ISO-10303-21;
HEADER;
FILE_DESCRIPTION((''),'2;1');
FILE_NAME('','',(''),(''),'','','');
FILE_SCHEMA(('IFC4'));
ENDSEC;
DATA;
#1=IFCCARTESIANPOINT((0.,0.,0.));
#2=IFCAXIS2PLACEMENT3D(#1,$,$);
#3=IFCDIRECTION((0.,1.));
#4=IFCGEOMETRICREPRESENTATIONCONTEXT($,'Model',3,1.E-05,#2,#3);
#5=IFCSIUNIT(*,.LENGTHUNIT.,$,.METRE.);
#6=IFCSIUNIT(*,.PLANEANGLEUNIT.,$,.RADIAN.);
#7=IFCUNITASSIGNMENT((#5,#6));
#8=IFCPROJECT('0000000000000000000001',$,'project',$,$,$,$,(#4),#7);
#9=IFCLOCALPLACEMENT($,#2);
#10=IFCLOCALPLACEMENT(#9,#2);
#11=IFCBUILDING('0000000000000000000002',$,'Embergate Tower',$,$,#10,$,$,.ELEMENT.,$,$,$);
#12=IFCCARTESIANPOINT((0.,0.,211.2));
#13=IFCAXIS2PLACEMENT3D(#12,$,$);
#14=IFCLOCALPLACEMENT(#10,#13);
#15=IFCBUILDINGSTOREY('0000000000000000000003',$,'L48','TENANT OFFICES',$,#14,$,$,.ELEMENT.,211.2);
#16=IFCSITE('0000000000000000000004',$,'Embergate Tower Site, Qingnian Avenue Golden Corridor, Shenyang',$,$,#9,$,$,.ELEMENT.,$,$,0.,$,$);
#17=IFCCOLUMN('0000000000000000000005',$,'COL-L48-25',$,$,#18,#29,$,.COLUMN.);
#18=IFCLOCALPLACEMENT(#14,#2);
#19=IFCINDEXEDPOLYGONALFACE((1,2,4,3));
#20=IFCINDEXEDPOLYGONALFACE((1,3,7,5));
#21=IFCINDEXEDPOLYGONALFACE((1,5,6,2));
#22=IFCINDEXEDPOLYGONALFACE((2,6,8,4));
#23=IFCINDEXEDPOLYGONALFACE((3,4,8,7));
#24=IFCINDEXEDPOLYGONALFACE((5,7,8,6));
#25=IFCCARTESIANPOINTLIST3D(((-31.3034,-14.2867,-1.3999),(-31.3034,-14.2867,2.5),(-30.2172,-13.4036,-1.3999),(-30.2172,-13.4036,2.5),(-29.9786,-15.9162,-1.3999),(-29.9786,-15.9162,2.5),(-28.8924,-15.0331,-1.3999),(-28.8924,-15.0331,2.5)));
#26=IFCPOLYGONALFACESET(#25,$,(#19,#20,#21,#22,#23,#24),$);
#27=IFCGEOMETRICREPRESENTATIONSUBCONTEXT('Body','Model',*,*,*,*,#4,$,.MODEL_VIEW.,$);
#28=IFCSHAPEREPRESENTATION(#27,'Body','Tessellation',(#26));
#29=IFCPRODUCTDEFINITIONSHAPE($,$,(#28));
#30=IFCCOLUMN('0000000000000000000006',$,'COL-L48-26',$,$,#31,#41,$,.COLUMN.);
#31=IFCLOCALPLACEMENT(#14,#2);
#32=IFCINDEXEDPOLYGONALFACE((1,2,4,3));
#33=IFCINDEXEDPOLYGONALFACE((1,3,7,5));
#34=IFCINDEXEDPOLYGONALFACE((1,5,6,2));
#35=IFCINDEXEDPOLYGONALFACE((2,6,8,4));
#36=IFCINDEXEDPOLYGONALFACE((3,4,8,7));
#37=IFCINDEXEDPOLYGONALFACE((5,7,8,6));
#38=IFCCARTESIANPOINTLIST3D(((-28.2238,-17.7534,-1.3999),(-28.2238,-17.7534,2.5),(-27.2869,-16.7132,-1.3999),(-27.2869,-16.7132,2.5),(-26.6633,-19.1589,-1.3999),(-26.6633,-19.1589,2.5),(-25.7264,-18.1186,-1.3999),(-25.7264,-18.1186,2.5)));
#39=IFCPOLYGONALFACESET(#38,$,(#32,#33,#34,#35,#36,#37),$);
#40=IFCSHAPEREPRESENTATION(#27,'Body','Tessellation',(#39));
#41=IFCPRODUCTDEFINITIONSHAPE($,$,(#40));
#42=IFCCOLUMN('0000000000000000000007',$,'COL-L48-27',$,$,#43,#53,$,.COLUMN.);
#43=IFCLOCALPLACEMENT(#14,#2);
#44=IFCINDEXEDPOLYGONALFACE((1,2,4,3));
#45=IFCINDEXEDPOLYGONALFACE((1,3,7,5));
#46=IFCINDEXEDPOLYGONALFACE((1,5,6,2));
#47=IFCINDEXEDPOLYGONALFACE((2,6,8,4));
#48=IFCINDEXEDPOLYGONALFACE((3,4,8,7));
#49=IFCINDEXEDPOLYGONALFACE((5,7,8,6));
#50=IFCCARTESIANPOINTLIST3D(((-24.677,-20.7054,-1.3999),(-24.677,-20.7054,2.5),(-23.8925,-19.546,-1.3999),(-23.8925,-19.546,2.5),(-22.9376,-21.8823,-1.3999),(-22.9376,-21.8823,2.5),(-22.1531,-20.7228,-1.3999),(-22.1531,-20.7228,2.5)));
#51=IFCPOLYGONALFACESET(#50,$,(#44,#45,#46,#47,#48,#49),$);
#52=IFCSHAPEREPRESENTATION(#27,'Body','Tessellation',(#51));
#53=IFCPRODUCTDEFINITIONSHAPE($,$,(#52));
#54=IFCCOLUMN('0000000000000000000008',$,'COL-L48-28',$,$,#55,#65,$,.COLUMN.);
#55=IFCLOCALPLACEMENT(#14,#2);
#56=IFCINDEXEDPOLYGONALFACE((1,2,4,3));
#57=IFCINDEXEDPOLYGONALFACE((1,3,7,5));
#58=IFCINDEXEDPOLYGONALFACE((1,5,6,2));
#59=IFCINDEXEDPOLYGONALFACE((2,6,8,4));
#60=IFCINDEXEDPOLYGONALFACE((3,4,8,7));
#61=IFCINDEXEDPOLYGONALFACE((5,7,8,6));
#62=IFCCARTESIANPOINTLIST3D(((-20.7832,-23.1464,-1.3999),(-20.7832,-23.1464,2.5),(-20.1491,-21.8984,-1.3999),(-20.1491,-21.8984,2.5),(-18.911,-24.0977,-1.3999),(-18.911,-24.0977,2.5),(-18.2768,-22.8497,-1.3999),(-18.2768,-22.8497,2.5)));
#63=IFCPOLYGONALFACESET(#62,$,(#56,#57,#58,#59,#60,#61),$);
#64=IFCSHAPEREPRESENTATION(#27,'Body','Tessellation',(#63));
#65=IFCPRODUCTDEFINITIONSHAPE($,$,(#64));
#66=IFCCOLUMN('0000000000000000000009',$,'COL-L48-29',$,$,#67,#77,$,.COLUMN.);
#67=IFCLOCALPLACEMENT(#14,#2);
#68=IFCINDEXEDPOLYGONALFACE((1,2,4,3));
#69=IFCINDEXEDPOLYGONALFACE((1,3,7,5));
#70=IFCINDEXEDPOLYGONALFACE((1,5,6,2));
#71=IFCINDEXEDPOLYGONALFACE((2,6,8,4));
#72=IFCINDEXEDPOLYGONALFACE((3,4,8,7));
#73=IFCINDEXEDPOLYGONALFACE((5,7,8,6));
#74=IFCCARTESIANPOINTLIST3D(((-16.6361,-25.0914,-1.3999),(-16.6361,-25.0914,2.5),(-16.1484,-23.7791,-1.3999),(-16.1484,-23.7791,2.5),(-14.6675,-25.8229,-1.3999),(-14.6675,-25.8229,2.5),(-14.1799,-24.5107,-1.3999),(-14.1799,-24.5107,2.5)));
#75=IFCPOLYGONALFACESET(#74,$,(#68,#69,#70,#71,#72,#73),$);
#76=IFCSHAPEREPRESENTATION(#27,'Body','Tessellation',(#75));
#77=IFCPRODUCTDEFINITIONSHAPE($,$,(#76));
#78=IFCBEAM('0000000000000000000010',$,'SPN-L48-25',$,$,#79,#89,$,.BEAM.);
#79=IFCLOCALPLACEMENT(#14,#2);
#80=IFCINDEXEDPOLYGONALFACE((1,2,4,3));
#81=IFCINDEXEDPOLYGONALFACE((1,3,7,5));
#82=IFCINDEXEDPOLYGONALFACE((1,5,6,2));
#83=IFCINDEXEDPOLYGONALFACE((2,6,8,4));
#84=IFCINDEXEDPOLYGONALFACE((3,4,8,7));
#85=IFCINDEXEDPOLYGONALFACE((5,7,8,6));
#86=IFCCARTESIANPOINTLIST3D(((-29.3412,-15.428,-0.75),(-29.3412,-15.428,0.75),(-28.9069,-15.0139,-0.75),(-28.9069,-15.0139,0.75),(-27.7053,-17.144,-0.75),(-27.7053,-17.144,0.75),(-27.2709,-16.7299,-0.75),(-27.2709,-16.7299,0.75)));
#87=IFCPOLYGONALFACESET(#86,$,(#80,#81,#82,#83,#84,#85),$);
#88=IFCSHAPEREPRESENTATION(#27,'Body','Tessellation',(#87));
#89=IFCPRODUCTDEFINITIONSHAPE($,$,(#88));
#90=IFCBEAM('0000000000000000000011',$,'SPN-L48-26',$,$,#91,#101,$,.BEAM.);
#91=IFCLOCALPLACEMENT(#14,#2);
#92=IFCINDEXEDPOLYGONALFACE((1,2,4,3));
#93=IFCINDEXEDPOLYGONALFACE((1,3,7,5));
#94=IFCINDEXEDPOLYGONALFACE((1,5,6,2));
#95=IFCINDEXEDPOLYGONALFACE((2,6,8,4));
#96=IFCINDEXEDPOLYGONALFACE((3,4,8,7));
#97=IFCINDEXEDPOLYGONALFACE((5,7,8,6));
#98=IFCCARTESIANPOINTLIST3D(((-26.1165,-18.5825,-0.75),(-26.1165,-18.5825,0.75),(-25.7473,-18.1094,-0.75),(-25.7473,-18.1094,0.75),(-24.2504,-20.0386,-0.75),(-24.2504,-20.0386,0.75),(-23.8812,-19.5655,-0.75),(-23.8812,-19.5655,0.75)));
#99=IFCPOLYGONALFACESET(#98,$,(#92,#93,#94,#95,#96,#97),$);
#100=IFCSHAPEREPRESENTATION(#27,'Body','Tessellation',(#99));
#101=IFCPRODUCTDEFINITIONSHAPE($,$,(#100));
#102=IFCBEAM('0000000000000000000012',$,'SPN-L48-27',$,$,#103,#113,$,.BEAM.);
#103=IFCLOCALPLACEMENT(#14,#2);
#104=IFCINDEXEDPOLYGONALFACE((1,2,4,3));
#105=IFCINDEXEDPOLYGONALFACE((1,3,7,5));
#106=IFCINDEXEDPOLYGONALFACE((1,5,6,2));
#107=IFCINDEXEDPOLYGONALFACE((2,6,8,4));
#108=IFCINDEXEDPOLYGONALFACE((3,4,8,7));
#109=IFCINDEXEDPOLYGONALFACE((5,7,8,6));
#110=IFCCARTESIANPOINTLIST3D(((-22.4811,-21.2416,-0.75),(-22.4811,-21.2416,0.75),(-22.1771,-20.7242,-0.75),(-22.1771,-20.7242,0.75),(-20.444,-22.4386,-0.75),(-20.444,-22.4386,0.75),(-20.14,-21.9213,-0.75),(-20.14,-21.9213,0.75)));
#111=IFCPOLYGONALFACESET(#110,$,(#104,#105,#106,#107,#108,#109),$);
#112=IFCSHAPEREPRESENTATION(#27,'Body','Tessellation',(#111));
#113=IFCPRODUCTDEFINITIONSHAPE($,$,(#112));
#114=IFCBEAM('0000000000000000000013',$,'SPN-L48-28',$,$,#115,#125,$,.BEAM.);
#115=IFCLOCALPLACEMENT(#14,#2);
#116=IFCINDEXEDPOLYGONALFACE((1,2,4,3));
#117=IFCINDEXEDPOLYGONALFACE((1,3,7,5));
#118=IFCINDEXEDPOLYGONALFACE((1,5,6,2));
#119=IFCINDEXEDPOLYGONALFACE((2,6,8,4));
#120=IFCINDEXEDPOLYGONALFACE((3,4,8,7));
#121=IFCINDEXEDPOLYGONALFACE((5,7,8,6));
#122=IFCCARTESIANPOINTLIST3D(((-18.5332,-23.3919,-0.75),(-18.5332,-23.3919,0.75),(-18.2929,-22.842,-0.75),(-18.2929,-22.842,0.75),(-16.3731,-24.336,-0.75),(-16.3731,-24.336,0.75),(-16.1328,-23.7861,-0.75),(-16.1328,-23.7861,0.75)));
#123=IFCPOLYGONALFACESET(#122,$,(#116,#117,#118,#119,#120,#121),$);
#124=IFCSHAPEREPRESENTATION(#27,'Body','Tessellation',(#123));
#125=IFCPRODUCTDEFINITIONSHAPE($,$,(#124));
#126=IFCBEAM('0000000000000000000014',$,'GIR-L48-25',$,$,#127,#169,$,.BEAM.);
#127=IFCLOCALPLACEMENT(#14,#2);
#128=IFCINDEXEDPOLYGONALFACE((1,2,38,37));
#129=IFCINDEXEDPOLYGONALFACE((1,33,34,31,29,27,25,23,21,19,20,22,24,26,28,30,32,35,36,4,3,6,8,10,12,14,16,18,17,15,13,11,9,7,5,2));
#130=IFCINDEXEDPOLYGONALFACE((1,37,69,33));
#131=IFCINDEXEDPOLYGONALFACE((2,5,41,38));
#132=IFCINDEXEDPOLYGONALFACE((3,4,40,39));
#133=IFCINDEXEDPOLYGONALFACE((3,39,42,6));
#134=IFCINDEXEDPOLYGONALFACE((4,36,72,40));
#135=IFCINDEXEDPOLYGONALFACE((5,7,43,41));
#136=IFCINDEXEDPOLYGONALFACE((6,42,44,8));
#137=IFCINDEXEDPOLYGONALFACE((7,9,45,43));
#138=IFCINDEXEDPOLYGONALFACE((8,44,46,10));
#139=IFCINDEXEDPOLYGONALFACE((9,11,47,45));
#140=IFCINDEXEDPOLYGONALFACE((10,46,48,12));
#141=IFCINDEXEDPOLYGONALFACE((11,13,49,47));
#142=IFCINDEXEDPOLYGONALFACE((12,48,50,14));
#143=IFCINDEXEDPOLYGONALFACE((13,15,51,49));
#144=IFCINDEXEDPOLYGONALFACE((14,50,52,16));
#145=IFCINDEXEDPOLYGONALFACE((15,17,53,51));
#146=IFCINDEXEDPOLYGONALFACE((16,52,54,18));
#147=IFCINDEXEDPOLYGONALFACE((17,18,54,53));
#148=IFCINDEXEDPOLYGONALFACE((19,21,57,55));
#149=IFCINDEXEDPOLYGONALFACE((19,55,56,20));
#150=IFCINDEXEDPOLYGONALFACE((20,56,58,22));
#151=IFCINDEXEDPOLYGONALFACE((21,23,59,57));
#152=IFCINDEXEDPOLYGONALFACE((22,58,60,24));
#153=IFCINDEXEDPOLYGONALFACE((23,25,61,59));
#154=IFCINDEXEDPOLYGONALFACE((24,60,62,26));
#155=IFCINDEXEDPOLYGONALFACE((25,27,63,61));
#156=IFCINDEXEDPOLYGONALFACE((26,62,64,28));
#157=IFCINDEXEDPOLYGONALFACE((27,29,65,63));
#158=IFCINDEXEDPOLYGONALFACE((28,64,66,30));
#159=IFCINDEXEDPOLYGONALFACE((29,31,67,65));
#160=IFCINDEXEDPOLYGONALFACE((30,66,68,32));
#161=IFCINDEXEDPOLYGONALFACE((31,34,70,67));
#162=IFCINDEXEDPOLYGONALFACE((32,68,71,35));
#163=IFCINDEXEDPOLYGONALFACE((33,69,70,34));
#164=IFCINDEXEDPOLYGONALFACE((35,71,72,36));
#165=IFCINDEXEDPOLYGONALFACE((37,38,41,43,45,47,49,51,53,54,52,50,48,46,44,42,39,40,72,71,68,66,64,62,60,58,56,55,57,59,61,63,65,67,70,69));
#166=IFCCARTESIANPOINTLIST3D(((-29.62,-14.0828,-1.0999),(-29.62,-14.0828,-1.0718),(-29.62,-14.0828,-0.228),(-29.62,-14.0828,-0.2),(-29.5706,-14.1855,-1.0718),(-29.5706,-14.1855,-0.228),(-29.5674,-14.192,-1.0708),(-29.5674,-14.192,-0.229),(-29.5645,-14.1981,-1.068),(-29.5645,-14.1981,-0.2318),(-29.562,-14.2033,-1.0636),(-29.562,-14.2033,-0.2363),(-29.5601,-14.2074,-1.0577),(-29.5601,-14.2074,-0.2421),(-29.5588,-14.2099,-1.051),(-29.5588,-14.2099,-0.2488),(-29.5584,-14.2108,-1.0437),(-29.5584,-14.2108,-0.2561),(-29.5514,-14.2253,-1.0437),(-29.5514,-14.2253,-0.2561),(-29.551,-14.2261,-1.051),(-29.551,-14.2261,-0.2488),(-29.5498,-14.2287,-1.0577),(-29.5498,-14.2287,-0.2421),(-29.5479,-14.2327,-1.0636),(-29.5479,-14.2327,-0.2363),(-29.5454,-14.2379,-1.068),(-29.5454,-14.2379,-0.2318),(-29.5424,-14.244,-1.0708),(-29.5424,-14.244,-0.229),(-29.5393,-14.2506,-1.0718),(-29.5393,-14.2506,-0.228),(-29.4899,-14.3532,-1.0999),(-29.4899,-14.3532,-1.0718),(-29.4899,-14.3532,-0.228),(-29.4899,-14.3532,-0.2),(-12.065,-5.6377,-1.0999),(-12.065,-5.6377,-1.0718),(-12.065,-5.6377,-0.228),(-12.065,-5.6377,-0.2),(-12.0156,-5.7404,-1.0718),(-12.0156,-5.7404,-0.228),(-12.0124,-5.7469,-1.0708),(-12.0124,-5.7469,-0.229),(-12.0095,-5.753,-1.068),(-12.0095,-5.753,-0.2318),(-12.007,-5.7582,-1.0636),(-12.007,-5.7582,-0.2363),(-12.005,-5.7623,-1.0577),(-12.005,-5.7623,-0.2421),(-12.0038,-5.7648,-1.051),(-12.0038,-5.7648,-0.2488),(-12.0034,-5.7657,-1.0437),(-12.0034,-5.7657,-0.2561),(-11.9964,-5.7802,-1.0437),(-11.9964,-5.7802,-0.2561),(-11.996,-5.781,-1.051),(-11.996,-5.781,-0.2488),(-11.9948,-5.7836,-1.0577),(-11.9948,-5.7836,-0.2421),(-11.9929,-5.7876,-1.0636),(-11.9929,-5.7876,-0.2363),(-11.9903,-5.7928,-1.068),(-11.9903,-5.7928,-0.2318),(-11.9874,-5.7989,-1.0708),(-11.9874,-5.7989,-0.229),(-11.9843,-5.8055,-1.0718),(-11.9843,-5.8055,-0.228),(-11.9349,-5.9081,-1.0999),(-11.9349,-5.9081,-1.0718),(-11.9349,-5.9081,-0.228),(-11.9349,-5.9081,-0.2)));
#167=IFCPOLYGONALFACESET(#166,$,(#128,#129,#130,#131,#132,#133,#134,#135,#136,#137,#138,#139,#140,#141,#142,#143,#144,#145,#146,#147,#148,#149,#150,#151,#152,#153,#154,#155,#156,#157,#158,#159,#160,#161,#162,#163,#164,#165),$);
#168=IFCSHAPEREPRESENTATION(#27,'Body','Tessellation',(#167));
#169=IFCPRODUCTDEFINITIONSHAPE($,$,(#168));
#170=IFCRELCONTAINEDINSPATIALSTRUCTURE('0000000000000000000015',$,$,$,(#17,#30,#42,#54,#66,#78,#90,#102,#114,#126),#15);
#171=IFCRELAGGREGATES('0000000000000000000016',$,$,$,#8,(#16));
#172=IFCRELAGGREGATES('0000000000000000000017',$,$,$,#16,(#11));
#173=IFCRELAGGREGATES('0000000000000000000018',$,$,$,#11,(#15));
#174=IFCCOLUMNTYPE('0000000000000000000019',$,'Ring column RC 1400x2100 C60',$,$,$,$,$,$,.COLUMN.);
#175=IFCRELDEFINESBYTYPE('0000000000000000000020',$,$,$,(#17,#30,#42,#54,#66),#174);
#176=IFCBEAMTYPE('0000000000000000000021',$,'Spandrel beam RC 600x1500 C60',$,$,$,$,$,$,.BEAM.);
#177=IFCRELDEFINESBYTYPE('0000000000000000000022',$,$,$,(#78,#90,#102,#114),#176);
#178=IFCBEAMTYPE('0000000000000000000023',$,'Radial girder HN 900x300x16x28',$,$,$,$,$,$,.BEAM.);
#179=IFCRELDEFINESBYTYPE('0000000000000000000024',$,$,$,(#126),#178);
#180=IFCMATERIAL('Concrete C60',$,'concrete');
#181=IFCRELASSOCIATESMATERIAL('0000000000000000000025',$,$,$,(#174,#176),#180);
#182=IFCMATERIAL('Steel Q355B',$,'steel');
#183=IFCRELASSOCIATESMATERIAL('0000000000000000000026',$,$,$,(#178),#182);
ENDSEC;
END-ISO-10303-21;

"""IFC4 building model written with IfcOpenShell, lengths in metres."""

from ifc_helpers import new_model, si_unit, direction, frame, origin, origin_2d, place, context, subcontext, project, spatial, rectangle, i_section, extrude, source, transform, mapped, material, material_profile, profile_set, type_object, element, save


model = new_model("IFC4")

# Units and contexts
model_context = context("Model", 3, precision=1e-05, world=origin(), true_north=direction((0.0, 1.0)))
body_context = subcontext(model_context, "Body", "Model", "MODEL_VIEW")
ifc_project = project(units=[si_unit("LENGTHUNIT", "METRE"), si_unit("PLANEANGLEUNIT", "RADIAN")], contexts=[model_context])

# Site, building, storey
site_placement = place(None, origin())
site = spatial("IfcSite", under=ifc_project, at=site_placement, Name="Embergate Tower Site, Qingnian Avenue Golden Corridor, Shenyang", CompositionType="ELEMENT", RefElevation=0.0)
building_placement = place(site_placement, origin())
building = spatial("IfcBuilding", under=site, at=building_placement, Name="Embergate Tower", CompositionType="ELEMENT")
storey_placement = place(building_placement, frame((0.0, 0.0, 211.2)))
storey = spatial("IfcBuildingStorey", under=building, at=storey_placement, Name="L48", Description="TENANT OFFICES", CompositionType="ELEMENT", Elevation=211.2)

# Columns
ifc_material_1 = material(Name="Concrete C60", Category="concrete")
ifc_material_profile_1 = material_profile(ifc_material_1, rectangle(XDim=1.3999, YDim=2.1001, at=origin_2d()), Name="RC 1400x2100")
ifc_profile_set_1 = profile_set([ifc_material_profile_1], Name="Concrete C60")
column_type = type_object("IfcColumnType", Name="Ring column RC 1400x2100 C60", PredefinedType="COLUMN", material=ifc_profile_set_1)
shared_shape_1 = source(origin(), body_context, "Body", "SweptSolid", [
    extrude(rectangle(XDim=1.3999, YDim=2.1001, at=origin_2d()), origin(), (0.0, 0.0, 1.0), 3.8999),
])
for number, where, z_axis, x_axis, name in (
    (1, (-30.0979, -14.6599, -1.3999), (0.0, 0.0, 1.0), (-0.775925, -0.630825, 0.0), "COL-L48-25"),
    (2, (-26.9751, -17.936, -1.3999), (0.0, 0.0, 1.0), (-0.669221, -0.743063, 0.0), "COL-L48-26"),
    (3, (-23.415, -20.7141, -1.3999), (0.0, 0.0, 1.0), (-0.560393, -0.828227, 0.0), "COL-L48-27"),
    (4, (-19.53, -22.998, -1.3999), (0.0, 0.0, 1.0), (-0.453011, -0.891505, 0.0), "COL-L48-28"),
    (5, (-15.408, -24.801, -1.3999), (0.0, 0.0, 1.0), (-0.348343, -0.937367, 0.0), "COL-L48-29"),
):
    element("IfcColumn", number, at=place(storey_placement, frame(where, z_axis=z_axis, x_axis=x_axis)), inside=storey, type_object=column_type, Name=name, PredefinedType="COLUMN", context=body_context, shape_type="MappedRepresentation", body=[
        mapped(shared_shape_1, transform((0.0, 0.0, 0.0))),
    ])

# Beams
ifc_material_profile_2 = material_profile(ifc_material_1, rectangle(XDim=0.6001, YDim=1.5, at=origin_2d()), Name="RC 600x1500")
ifc_profile_set_2 = profile_set([ifc_material_profile_2], Name="Concrete C60")
beam_type_1 = type_object("IfcBeamType", Name="Spandrel beam RC 600x1500 C60", PredefinedType="BEAM", material=ifc_profile_set_2)
shared_shape_2 = source(origin(), body_context, "Body", "SweptSolid", [
    extrude(rectangle(XDim=0.6001, YDim=1.5, at=origin_2d()), origin(), (0.0, 0.0, 1.0), 2.3708),
])
beam_1_placement = place(storey_placement, frame((-29.124, -15.2209, 0.0), z_axis=(0.690018, -0.723793, 0.0), x_axis=(0.723793, 0.690018, 0.0)))
element("IfcBeam", 6, at=beam_1_placement, inside=storey, type_object=beam_type_1, Name="SPN-L48-25", PredefinedType="BEAM", context=body_context, shape_type="MappedRepresentation", body=[
    mapped(shared_shape_2, transform((0.0, 0.0, 0.0))),
])
shared_shape_3 = source(origin(), body_context, "Body", "SweptSolid", [
    extrude(rectangle(XDim=0.6001, YDim=1.5, at=origin_2d()), origin(), (0.0, 0.0, 1.0), 2.3669),
])
beam_2_placement = place(storey_placement, frame((-25.9319, -18.3459, 0.0), z_axis=(0.788379, -0.61519, 0.0), x_axis=(0.61519, 0.788379, 0.0)))
element("IfcBeam", 7, at=beam_2_placement, inside=storey, type_object=beam_type_1, Name="SPN-L48-26", PredefinedType="BEAM", context=body_context, shape_type="MappedRepresentation", body=[
    mapped(shared_shape_3, transform((0.0, 0.0, 0.0))),
])
shared_shape_4 = source(origin(), body_context, "Body", "SweptSolid", [
    extrude(rectangle(XDim=0.6001, YDim=1.5, at=origin_2d()), origin(), (0.0, 0.0, 1.0), 2.3628),
])
beam_3_placement = place(storey_placement, frame((-22.3291, -20.9829, 0.0), z_axis=(0.862171, -0.506618, 0.0), x_axis=(0.506618, 0.862171, 0.0)))
element("IfcBeam", 8, at=beam_3_placement, inside=storey, type_object=beam_type_1, Name="SPN-L48-27", PredefinedType="BEAM", context=body_context, shape_type="MappedRepresentation", body=[
    mapped(shared_shape_4, transform((0.0, 0.0, 0.0))),
])
shared_shape_5 = source(origin(), body_context, "Body", "SweptSolid", [
    extrude(rectangle(XDim=0.6001, YDim=1.5, at=origin_2d()), origin(), (0.0, 0.0, 1.0), 2.3574),
])
beam_4_placement = place(storey_placement, frame((-18.4131, -23.1169, 0.0), z_axis=(0.916309, -0.400471, 0.0), x_axis=(0.400471, 0.916309, 0.0)))
element("IfcBeam", 9, at=beam_4_placement, inside=storey, type_object=beam_type_1, Name="SPN-L48-28", PredefinedType="BEAM", context=body_context, shape_type="MappedRepresentation", body=[
    mapped(shared_shape_5, transform((0.0, 0.0, 0.0))),
])
ifc_material_2 = material(Name="Steel Q355B", Category="steel")
ifc_material_profile_3 = material_profile(ifc_material_2, i_section(OverallWidth=0.3, OverallDepth=0.8999, WebThickness=0.0161, FlangeThickness=0.0281, FilletRadius=0.0281, at=origin_2d()), Name="HN 900x300x16x28")
ifc_profile_set_3 = profile_set([ifc_material_profile_3], Name="Steel Q355 grade B")
beam_type_2 = type_object("IfcBeamType", Name="Radial girder HN 900x300x16x28", PredefinedType="BEAM", material=ifc_profile_set_3)
shared_shape_6 = source(origin(), body_context, "Body", "SweptSolid", [
    extrude(i_section(OverallWidth=0.3, OverallDepth=0.8999, WebThickness=0.0161, FlangeThickness=0.0281, FilletRadius=0.0281, at=origin_2d()), origin(), (0.0, 0.0, 1.0), 19.4807),
])
beam_5_placement = place(storey_placement, frame((-29.5549, -14.218, -0.6499), z_axis=(0.901148, 0.433511, 0.0), x_axis=(-0.433511, 0.901148, 0.0)))
element("IfcBeam", 10, at=beam_5_placement, inside=storey, type_object=beam_type_2, Name="GIR-L48-25", PredefinedType="BEAM", context=body_context, shape_type="MappedRepresentation", body=[
    mapped(shared_shape_6, transform((0.0, 0.0, 0.0))),
])

save(model, "model.ifc")
